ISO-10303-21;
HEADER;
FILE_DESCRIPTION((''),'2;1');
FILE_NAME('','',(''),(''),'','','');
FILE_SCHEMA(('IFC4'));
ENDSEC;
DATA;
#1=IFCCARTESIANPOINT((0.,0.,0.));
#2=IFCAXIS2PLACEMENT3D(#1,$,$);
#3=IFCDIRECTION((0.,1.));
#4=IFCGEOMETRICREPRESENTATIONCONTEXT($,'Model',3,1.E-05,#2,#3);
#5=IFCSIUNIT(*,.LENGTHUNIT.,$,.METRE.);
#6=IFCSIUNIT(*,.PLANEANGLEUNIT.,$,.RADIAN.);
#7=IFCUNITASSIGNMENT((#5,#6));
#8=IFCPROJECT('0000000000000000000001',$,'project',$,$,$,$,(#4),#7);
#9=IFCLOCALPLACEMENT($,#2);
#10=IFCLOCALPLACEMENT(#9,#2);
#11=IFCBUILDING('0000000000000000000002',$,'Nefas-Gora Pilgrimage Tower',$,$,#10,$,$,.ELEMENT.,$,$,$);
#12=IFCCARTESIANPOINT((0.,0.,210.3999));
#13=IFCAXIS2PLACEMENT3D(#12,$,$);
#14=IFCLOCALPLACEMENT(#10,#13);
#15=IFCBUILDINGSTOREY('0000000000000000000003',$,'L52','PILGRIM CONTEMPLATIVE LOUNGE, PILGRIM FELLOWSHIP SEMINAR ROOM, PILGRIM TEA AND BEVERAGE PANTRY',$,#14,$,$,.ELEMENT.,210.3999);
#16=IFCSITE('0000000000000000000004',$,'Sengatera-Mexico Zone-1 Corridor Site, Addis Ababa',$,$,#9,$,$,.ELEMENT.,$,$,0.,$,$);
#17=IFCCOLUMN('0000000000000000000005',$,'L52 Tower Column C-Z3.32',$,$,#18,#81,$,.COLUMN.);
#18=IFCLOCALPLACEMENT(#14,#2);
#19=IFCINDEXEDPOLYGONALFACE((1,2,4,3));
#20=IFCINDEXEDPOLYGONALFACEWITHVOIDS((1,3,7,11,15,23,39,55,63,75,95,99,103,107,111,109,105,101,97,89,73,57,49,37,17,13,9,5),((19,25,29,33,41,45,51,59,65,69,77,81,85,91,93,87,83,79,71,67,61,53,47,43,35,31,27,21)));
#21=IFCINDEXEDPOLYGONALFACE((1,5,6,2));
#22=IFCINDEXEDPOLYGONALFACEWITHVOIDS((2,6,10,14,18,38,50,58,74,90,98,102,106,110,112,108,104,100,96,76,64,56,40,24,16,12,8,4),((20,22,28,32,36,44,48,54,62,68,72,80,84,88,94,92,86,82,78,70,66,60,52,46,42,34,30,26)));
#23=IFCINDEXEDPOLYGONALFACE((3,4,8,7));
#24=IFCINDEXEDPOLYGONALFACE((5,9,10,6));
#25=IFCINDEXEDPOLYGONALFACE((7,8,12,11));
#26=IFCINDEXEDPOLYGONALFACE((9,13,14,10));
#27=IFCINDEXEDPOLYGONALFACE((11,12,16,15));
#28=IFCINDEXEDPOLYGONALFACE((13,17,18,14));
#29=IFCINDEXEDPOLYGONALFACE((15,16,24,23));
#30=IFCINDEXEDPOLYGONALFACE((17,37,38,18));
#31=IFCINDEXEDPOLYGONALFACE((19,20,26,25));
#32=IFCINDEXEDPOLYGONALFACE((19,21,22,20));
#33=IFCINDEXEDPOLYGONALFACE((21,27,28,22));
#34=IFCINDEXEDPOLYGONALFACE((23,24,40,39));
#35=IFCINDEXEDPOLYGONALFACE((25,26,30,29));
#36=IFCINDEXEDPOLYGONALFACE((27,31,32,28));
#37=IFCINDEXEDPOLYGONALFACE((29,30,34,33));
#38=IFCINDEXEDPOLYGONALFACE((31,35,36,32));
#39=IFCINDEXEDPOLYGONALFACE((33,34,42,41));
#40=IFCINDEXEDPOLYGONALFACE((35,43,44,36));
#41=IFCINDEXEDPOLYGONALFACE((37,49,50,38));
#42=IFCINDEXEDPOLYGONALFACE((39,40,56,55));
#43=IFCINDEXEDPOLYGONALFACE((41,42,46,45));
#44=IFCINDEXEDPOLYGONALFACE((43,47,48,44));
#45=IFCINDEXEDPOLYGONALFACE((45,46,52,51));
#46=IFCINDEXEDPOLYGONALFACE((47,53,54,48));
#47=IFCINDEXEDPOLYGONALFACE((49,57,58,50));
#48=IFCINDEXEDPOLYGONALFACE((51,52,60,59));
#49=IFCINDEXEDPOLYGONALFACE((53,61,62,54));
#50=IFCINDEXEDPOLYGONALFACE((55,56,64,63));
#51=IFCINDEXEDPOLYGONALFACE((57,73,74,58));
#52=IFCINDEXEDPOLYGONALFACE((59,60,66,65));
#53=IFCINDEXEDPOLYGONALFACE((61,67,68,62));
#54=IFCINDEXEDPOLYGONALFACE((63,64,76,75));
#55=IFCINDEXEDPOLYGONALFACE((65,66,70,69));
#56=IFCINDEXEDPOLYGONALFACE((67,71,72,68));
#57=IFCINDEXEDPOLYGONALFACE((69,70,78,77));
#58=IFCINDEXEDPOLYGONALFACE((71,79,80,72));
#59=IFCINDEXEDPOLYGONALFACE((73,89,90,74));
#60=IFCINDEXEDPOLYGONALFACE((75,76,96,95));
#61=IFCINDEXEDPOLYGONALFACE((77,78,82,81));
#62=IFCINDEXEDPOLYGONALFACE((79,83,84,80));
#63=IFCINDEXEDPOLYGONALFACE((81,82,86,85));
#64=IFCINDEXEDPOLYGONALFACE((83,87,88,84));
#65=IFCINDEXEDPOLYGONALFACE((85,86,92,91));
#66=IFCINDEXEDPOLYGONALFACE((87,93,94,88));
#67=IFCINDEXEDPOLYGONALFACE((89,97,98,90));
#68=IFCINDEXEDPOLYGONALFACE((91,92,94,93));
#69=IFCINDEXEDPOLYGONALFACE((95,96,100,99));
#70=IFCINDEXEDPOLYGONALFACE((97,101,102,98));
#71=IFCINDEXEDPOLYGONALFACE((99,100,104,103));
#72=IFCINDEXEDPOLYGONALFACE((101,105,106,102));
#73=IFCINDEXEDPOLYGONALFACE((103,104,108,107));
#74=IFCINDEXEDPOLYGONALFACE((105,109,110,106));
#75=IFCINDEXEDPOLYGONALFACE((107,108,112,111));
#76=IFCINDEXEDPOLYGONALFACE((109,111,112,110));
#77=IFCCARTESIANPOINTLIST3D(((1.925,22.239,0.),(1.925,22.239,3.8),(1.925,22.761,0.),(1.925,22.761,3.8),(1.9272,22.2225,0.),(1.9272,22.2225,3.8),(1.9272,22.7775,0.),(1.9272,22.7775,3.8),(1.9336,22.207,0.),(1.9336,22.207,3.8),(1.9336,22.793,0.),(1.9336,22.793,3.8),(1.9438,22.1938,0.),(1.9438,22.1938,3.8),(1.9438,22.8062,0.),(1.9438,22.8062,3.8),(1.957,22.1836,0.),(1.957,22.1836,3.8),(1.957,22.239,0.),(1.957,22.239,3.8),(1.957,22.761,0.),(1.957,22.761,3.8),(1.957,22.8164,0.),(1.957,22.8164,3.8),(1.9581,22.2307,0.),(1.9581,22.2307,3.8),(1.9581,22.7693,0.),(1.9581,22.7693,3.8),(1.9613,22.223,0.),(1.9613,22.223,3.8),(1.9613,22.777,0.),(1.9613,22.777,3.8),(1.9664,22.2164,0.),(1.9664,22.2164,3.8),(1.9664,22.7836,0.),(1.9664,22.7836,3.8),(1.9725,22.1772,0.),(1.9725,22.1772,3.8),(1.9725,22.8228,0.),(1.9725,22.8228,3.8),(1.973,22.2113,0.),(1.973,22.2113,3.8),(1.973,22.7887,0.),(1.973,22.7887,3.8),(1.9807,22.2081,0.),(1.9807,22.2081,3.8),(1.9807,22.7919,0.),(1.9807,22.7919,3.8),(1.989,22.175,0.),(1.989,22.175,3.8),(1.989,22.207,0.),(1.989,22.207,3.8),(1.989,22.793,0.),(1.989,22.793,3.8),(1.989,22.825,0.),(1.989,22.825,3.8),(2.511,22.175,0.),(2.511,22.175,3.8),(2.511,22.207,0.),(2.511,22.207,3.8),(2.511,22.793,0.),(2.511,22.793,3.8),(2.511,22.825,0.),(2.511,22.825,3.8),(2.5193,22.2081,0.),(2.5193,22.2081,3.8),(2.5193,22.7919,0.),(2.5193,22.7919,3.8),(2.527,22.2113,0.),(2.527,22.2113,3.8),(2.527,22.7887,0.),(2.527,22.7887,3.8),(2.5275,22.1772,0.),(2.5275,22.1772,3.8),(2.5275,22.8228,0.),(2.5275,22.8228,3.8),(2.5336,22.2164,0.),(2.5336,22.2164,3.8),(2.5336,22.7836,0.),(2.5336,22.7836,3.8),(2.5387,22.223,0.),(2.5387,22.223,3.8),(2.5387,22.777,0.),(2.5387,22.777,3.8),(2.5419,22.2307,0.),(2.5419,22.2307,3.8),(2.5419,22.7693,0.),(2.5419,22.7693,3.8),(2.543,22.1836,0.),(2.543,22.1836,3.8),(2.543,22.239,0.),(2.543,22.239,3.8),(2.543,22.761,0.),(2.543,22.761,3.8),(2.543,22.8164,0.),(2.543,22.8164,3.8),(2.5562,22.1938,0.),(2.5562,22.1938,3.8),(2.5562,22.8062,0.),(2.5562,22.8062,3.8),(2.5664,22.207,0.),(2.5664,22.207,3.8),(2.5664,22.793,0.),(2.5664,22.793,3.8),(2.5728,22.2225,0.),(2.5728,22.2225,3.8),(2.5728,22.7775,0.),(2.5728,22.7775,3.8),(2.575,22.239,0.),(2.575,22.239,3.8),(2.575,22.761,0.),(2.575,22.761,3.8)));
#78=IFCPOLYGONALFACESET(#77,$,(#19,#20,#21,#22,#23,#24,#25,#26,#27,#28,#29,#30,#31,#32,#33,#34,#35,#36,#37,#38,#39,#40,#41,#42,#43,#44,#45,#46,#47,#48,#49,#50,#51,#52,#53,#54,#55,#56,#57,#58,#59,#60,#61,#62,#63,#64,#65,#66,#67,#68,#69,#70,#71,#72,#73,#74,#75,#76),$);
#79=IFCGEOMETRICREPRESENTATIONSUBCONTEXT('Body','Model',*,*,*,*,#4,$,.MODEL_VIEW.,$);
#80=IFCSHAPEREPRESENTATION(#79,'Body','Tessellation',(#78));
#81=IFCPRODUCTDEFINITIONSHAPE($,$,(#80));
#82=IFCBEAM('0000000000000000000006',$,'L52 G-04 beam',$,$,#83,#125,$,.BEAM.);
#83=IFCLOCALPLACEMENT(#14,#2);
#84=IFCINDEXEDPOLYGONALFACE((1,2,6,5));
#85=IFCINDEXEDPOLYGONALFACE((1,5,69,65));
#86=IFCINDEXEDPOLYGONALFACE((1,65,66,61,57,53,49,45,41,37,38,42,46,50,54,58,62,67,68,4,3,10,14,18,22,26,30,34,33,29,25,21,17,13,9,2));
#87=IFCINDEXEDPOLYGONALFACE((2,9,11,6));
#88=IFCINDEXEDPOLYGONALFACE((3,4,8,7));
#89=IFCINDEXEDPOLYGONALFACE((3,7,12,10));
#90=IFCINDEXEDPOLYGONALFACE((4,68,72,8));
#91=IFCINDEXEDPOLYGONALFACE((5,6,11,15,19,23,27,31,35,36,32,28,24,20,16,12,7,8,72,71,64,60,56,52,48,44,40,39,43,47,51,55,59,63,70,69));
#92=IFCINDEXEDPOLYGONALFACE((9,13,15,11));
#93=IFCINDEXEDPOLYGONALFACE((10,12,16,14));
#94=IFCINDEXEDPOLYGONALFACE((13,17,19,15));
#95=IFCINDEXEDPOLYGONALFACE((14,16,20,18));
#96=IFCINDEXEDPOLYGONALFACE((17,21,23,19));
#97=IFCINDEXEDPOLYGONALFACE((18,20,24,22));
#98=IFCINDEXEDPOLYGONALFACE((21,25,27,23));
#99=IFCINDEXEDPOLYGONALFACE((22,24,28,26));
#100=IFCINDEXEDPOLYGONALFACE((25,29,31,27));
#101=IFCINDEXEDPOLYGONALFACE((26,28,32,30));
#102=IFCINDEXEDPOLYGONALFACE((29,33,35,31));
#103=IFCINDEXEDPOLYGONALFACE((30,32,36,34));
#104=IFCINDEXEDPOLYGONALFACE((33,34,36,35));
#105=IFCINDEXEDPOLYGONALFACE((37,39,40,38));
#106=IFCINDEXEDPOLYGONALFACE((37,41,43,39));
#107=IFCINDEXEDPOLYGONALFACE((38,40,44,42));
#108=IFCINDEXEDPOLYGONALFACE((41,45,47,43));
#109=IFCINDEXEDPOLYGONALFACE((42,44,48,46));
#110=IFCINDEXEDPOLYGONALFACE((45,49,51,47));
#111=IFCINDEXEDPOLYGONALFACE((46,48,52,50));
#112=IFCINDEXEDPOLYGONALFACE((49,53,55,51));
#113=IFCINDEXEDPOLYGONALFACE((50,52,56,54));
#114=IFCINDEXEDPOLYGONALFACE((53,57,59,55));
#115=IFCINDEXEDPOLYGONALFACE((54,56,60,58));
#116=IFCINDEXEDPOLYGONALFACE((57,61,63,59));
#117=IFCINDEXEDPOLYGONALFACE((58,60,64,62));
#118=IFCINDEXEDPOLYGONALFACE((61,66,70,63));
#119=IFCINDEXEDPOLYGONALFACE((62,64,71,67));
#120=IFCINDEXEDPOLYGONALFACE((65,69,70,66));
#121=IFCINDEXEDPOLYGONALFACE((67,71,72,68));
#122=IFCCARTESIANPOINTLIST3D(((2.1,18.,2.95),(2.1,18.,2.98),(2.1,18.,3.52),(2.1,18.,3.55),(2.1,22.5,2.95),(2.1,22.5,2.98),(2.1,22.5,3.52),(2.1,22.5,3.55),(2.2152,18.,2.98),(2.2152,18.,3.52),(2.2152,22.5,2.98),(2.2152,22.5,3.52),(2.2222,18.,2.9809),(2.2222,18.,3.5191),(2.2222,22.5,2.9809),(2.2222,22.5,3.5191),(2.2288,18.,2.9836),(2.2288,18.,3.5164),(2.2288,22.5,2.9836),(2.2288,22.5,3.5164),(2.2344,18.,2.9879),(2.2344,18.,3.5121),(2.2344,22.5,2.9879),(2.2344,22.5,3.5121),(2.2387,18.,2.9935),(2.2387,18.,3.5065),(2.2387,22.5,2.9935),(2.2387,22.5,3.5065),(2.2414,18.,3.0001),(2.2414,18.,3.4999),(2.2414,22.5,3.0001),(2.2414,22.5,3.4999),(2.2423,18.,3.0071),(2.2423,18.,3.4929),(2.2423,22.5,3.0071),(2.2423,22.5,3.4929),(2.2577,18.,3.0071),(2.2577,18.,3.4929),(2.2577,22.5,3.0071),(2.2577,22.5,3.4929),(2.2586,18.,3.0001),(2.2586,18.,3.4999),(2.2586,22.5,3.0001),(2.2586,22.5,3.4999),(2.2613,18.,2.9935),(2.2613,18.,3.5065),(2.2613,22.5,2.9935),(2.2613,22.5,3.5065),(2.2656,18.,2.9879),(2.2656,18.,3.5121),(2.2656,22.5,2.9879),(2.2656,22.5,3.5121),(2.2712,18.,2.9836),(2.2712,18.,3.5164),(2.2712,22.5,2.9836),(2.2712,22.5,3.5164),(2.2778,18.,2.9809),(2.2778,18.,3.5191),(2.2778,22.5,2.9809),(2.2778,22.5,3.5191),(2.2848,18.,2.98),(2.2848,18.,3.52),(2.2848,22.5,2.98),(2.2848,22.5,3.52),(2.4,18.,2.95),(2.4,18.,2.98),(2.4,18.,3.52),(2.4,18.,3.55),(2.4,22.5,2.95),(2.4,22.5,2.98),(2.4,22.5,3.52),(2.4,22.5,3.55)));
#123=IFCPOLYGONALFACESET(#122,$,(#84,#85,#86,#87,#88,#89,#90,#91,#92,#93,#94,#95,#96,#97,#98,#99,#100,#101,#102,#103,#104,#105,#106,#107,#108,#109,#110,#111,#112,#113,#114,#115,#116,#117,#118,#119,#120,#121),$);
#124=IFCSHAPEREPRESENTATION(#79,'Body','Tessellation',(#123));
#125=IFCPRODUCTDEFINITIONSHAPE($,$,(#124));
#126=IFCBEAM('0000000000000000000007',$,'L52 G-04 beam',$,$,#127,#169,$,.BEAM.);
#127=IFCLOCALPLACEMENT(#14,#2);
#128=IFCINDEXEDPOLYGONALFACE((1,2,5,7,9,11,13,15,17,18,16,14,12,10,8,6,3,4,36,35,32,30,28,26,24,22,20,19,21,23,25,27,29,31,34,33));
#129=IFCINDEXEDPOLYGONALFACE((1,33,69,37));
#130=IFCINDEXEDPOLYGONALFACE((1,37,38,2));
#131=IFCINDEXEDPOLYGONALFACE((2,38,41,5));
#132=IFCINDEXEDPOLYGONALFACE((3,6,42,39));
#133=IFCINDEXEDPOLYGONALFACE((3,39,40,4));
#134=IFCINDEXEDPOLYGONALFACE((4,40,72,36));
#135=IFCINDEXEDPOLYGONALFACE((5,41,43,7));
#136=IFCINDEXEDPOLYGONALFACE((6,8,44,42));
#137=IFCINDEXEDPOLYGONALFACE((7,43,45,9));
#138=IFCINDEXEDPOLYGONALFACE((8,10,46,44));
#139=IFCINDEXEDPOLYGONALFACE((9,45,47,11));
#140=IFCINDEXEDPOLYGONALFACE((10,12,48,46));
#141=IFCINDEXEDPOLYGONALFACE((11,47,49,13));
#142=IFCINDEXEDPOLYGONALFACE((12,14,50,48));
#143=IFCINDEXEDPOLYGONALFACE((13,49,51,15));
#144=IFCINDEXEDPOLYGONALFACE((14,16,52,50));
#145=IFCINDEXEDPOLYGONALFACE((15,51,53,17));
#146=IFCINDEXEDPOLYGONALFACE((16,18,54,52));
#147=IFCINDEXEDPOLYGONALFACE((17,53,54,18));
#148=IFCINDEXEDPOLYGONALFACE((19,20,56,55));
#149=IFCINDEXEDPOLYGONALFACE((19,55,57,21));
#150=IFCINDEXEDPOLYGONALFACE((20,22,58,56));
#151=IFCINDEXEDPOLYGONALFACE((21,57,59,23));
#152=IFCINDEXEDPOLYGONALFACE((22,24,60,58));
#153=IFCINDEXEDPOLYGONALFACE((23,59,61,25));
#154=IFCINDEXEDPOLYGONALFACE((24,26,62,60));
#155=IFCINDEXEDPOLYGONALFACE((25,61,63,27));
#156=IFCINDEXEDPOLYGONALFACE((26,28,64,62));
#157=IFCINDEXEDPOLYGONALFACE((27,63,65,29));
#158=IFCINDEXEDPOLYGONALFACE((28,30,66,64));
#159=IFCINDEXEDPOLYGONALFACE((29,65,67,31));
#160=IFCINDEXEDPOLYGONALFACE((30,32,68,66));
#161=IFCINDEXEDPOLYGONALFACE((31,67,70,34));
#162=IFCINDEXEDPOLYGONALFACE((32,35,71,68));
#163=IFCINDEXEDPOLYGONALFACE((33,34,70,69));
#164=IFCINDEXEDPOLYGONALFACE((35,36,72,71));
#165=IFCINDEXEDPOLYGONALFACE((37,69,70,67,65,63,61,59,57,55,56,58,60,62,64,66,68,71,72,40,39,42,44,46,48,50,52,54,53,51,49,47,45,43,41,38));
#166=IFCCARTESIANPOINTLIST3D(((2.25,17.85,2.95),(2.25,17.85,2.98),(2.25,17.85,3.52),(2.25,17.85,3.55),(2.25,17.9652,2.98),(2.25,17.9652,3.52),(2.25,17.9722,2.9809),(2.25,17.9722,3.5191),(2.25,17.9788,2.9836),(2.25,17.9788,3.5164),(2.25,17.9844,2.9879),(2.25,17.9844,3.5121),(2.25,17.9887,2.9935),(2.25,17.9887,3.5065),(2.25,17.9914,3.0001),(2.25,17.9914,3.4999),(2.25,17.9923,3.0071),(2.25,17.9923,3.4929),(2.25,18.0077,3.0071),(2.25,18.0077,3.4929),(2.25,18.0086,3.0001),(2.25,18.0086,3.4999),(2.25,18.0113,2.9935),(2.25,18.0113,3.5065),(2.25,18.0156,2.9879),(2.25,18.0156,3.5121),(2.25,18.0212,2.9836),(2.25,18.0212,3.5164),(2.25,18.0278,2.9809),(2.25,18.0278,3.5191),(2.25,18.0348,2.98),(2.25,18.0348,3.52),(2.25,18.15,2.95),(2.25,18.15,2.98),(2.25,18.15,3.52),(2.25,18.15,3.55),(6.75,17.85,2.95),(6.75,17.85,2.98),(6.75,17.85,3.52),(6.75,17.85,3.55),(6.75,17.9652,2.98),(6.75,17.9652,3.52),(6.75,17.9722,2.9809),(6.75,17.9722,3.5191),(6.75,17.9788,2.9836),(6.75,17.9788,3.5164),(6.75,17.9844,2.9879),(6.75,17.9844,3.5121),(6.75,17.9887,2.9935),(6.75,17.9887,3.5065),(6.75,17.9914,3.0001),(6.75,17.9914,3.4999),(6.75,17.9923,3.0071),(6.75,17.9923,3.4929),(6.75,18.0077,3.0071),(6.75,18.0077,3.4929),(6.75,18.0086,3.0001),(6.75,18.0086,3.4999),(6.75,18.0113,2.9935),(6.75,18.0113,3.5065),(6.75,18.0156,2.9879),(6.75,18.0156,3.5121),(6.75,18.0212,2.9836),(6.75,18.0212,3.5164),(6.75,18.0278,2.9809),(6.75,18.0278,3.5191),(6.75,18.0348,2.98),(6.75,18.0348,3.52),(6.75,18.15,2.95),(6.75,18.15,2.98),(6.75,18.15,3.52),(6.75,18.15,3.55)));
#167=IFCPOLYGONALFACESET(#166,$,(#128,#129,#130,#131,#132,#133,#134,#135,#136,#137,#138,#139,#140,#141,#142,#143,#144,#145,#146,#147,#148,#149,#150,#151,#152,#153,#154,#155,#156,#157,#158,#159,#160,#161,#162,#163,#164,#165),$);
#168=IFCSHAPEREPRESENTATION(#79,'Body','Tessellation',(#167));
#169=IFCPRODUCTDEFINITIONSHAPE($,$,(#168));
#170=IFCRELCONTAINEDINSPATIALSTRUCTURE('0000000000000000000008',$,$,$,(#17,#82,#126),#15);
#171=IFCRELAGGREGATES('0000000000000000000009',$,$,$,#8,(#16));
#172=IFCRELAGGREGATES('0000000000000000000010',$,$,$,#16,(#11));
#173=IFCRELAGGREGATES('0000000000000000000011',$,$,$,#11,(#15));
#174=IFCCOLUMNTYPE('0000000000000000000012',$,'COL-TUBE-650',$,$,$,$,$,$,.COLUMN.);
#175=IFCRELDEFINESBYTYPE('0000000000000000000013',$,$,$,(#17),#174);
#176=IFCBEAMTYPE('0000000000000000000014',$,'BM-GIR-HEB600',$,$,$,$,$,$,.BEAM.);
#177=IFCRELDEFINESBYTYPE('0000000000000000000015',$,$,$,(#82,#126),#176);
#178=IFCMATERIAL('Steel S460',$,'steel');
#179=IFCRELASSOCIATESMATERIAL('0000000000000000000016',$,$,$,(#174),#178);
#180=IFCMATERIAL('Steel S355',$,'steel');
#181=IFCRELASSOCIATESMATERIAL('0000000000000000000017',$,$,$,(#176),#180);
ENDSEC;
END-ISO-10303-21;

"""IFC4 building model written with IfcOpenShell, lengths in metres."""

from ifc_helpers import new_model, si_unit, direction, frame, origin, origin_2d, place, context, subcontext, project, spatial, hollow_rectangle, i_section, extrude, source, transform, mapped, material, material_profile, profile_set, type_object, element, save


model = new_model("IFC4")

# Units and contexts
model_context = context("Model", 3, precision=1e-05, world=origin(), true_north=direction((0.0, 1.0)))
body_context = subcontext(model_context, "Body", "Model", "MODEL_VIEW")
ifc_project = project(units=[si_unit("LENGTHUNIT", "METRE"), si_unit("PLANEANGLEUNIT", "RADIAN")], contexts=[model_context])

# Site, building, storey
site_placement = place(None, origin())
site = spatial("IfcSite", under=ifc_project, at=site_placement, Name="Sengatera-Mexico Zone-1 Corridor Site, Addis Ababa", CompositionType="ELEMENT", RefElevation=0.0)
building_placement = place(site_placement, origin())
building = spatial("IfcBuilding", under=site, at=building_placement, Name="Nefas-Gora Pilgrimage Tower", CompositionType="ELEMENT")
storey_placement = place(building_placement, frame((0.0, 0.0, 210.3999)))
storey = spatial("IfcBuildingStorey", under=building, at=storey_placement, Name="L52", Description="PILGRIM CONTEMPLATIVE LOUNGE, PILGRIM FELLOWSHIP SEMINAR ROOM, PILGRIM TEA AND BEVERAGE PANTRY", CompositionType="ELEMENT", Elevation=210.3999)

# Column
ifc_material_1 = material(Name="Steel S460", Category="steel")
ifc_material_profile_1 = material_profile(ifc_material_1, hollow_rectangle(XDim=0.6499, YDim=0.6499, WallThickness=0.032, InnerFilletRadius=0.032, OuterFilletRadius=0.064, at=origin_2d()), Name="BOX 650x650x32")
ifc_profile_set_1 = profile_set([ifc_material_profile_1], Name="Steel S460")
column_type_1 = type_object("IfcColumnType", Name="COL-TUBE-650", PredefinedType="COLUMN", material=ifc_profile_set_1)
shared_shape_1 = source(origin(), body_context, "Body", "SweptSolid", [
    extrude(hollow_rectangle(XDim=0.6499, YDim=0.6499, WallThickness=0.032, InnerFilletRadius=0.032, OuterFilletRadius=0.064, at=origin_2d()), origin(), (0.0, 0.0, 1.0), 3.8),
])
column_placement = place(storey_placement, frame((2.25, 22.5, 0.0), z_axis=(0.0, 0.0, 1.0), x_axis=(1.0, 0.0, 0.0)))
element("IfcColumn", 1, at=column_placement, inside=storey, type_object=column_type_1, Name="L52 Tower Column C-Z3.32", PredefinedType="COLUMN", context=body_context, shape_type="MappedRepresentation", body=[
    mapped(shared_shape_1, transform((0.0, 0.0, 0.0), x_axis=(1.0, 0.0, 0.0), y_axis=(0.0, 1.0, 0.0), z_axis=(0.0, 0.0, 1.0), scale=1.0)),
])

# Beams
ifc_material_2 = material(Name="Steel S355", Category="steel")
ifc_material_profile_2 = material_profile(ifc_material_2, i_section(OverallWidth=0.3, OverallDepth=0.6001, WebThickness=0.0154, FlangeThickness=0.03, FilletRadius=0.0271, at=origin_2d()), Name="HEB 600")
ifc_profile_set_2 = profile_set([ifc_material_profile_2], Name="Steel S355")
beam_type = type_object("IfcBeamType", Name="BM-GIR-HEB600", PredefinedType="BEAM", material=ifc_profile_set_2)
shared_shape_2 = source(origin(), body_context, "Body", "SweptSolid", [
    extrude(i_section(OverallWidth=0.3, OverallDepth=0.6001, WebThickness=0.0154, FlangeThickness=0.03, FilletRadius=0.0271, at=origin_2d()), origin(), (0.0, 0.0, 1.0), 4.5),
])
for number, where, z_axis, x_axis, name in (
    (2, (2.25, 18.0, 3.25), (0.0, 1.0, 0.0), (-1.0, 0.0, 0.0), "L52 G-04 beam"),
    (3, (2.25, 18.0, 3.25), (1.0, 0.0, 0.0), (0.0, 1.0, 0.0), "L52 G-04 beam"),
):
    element("IfcBeam", number, at=place(storey_placement, frame(where, z_axis=z_axis, x_axis=x_axis)), inside=storey, type_object=beam_type, Name=name, PredefinedType="BEAM", context=body_context, shape_type="MappedRepresentation", body=[
        mapped(shared_shape_2, transform((0.0, 0.0, 0.0), x_axis=(1.0, 0.0, 0.0), y_axis=(0.0, 1.0, 0.0), z_axis=(0.0, 0.0, 1.0), scale=1.0)),
    ])

save(model, "model.ifc")
